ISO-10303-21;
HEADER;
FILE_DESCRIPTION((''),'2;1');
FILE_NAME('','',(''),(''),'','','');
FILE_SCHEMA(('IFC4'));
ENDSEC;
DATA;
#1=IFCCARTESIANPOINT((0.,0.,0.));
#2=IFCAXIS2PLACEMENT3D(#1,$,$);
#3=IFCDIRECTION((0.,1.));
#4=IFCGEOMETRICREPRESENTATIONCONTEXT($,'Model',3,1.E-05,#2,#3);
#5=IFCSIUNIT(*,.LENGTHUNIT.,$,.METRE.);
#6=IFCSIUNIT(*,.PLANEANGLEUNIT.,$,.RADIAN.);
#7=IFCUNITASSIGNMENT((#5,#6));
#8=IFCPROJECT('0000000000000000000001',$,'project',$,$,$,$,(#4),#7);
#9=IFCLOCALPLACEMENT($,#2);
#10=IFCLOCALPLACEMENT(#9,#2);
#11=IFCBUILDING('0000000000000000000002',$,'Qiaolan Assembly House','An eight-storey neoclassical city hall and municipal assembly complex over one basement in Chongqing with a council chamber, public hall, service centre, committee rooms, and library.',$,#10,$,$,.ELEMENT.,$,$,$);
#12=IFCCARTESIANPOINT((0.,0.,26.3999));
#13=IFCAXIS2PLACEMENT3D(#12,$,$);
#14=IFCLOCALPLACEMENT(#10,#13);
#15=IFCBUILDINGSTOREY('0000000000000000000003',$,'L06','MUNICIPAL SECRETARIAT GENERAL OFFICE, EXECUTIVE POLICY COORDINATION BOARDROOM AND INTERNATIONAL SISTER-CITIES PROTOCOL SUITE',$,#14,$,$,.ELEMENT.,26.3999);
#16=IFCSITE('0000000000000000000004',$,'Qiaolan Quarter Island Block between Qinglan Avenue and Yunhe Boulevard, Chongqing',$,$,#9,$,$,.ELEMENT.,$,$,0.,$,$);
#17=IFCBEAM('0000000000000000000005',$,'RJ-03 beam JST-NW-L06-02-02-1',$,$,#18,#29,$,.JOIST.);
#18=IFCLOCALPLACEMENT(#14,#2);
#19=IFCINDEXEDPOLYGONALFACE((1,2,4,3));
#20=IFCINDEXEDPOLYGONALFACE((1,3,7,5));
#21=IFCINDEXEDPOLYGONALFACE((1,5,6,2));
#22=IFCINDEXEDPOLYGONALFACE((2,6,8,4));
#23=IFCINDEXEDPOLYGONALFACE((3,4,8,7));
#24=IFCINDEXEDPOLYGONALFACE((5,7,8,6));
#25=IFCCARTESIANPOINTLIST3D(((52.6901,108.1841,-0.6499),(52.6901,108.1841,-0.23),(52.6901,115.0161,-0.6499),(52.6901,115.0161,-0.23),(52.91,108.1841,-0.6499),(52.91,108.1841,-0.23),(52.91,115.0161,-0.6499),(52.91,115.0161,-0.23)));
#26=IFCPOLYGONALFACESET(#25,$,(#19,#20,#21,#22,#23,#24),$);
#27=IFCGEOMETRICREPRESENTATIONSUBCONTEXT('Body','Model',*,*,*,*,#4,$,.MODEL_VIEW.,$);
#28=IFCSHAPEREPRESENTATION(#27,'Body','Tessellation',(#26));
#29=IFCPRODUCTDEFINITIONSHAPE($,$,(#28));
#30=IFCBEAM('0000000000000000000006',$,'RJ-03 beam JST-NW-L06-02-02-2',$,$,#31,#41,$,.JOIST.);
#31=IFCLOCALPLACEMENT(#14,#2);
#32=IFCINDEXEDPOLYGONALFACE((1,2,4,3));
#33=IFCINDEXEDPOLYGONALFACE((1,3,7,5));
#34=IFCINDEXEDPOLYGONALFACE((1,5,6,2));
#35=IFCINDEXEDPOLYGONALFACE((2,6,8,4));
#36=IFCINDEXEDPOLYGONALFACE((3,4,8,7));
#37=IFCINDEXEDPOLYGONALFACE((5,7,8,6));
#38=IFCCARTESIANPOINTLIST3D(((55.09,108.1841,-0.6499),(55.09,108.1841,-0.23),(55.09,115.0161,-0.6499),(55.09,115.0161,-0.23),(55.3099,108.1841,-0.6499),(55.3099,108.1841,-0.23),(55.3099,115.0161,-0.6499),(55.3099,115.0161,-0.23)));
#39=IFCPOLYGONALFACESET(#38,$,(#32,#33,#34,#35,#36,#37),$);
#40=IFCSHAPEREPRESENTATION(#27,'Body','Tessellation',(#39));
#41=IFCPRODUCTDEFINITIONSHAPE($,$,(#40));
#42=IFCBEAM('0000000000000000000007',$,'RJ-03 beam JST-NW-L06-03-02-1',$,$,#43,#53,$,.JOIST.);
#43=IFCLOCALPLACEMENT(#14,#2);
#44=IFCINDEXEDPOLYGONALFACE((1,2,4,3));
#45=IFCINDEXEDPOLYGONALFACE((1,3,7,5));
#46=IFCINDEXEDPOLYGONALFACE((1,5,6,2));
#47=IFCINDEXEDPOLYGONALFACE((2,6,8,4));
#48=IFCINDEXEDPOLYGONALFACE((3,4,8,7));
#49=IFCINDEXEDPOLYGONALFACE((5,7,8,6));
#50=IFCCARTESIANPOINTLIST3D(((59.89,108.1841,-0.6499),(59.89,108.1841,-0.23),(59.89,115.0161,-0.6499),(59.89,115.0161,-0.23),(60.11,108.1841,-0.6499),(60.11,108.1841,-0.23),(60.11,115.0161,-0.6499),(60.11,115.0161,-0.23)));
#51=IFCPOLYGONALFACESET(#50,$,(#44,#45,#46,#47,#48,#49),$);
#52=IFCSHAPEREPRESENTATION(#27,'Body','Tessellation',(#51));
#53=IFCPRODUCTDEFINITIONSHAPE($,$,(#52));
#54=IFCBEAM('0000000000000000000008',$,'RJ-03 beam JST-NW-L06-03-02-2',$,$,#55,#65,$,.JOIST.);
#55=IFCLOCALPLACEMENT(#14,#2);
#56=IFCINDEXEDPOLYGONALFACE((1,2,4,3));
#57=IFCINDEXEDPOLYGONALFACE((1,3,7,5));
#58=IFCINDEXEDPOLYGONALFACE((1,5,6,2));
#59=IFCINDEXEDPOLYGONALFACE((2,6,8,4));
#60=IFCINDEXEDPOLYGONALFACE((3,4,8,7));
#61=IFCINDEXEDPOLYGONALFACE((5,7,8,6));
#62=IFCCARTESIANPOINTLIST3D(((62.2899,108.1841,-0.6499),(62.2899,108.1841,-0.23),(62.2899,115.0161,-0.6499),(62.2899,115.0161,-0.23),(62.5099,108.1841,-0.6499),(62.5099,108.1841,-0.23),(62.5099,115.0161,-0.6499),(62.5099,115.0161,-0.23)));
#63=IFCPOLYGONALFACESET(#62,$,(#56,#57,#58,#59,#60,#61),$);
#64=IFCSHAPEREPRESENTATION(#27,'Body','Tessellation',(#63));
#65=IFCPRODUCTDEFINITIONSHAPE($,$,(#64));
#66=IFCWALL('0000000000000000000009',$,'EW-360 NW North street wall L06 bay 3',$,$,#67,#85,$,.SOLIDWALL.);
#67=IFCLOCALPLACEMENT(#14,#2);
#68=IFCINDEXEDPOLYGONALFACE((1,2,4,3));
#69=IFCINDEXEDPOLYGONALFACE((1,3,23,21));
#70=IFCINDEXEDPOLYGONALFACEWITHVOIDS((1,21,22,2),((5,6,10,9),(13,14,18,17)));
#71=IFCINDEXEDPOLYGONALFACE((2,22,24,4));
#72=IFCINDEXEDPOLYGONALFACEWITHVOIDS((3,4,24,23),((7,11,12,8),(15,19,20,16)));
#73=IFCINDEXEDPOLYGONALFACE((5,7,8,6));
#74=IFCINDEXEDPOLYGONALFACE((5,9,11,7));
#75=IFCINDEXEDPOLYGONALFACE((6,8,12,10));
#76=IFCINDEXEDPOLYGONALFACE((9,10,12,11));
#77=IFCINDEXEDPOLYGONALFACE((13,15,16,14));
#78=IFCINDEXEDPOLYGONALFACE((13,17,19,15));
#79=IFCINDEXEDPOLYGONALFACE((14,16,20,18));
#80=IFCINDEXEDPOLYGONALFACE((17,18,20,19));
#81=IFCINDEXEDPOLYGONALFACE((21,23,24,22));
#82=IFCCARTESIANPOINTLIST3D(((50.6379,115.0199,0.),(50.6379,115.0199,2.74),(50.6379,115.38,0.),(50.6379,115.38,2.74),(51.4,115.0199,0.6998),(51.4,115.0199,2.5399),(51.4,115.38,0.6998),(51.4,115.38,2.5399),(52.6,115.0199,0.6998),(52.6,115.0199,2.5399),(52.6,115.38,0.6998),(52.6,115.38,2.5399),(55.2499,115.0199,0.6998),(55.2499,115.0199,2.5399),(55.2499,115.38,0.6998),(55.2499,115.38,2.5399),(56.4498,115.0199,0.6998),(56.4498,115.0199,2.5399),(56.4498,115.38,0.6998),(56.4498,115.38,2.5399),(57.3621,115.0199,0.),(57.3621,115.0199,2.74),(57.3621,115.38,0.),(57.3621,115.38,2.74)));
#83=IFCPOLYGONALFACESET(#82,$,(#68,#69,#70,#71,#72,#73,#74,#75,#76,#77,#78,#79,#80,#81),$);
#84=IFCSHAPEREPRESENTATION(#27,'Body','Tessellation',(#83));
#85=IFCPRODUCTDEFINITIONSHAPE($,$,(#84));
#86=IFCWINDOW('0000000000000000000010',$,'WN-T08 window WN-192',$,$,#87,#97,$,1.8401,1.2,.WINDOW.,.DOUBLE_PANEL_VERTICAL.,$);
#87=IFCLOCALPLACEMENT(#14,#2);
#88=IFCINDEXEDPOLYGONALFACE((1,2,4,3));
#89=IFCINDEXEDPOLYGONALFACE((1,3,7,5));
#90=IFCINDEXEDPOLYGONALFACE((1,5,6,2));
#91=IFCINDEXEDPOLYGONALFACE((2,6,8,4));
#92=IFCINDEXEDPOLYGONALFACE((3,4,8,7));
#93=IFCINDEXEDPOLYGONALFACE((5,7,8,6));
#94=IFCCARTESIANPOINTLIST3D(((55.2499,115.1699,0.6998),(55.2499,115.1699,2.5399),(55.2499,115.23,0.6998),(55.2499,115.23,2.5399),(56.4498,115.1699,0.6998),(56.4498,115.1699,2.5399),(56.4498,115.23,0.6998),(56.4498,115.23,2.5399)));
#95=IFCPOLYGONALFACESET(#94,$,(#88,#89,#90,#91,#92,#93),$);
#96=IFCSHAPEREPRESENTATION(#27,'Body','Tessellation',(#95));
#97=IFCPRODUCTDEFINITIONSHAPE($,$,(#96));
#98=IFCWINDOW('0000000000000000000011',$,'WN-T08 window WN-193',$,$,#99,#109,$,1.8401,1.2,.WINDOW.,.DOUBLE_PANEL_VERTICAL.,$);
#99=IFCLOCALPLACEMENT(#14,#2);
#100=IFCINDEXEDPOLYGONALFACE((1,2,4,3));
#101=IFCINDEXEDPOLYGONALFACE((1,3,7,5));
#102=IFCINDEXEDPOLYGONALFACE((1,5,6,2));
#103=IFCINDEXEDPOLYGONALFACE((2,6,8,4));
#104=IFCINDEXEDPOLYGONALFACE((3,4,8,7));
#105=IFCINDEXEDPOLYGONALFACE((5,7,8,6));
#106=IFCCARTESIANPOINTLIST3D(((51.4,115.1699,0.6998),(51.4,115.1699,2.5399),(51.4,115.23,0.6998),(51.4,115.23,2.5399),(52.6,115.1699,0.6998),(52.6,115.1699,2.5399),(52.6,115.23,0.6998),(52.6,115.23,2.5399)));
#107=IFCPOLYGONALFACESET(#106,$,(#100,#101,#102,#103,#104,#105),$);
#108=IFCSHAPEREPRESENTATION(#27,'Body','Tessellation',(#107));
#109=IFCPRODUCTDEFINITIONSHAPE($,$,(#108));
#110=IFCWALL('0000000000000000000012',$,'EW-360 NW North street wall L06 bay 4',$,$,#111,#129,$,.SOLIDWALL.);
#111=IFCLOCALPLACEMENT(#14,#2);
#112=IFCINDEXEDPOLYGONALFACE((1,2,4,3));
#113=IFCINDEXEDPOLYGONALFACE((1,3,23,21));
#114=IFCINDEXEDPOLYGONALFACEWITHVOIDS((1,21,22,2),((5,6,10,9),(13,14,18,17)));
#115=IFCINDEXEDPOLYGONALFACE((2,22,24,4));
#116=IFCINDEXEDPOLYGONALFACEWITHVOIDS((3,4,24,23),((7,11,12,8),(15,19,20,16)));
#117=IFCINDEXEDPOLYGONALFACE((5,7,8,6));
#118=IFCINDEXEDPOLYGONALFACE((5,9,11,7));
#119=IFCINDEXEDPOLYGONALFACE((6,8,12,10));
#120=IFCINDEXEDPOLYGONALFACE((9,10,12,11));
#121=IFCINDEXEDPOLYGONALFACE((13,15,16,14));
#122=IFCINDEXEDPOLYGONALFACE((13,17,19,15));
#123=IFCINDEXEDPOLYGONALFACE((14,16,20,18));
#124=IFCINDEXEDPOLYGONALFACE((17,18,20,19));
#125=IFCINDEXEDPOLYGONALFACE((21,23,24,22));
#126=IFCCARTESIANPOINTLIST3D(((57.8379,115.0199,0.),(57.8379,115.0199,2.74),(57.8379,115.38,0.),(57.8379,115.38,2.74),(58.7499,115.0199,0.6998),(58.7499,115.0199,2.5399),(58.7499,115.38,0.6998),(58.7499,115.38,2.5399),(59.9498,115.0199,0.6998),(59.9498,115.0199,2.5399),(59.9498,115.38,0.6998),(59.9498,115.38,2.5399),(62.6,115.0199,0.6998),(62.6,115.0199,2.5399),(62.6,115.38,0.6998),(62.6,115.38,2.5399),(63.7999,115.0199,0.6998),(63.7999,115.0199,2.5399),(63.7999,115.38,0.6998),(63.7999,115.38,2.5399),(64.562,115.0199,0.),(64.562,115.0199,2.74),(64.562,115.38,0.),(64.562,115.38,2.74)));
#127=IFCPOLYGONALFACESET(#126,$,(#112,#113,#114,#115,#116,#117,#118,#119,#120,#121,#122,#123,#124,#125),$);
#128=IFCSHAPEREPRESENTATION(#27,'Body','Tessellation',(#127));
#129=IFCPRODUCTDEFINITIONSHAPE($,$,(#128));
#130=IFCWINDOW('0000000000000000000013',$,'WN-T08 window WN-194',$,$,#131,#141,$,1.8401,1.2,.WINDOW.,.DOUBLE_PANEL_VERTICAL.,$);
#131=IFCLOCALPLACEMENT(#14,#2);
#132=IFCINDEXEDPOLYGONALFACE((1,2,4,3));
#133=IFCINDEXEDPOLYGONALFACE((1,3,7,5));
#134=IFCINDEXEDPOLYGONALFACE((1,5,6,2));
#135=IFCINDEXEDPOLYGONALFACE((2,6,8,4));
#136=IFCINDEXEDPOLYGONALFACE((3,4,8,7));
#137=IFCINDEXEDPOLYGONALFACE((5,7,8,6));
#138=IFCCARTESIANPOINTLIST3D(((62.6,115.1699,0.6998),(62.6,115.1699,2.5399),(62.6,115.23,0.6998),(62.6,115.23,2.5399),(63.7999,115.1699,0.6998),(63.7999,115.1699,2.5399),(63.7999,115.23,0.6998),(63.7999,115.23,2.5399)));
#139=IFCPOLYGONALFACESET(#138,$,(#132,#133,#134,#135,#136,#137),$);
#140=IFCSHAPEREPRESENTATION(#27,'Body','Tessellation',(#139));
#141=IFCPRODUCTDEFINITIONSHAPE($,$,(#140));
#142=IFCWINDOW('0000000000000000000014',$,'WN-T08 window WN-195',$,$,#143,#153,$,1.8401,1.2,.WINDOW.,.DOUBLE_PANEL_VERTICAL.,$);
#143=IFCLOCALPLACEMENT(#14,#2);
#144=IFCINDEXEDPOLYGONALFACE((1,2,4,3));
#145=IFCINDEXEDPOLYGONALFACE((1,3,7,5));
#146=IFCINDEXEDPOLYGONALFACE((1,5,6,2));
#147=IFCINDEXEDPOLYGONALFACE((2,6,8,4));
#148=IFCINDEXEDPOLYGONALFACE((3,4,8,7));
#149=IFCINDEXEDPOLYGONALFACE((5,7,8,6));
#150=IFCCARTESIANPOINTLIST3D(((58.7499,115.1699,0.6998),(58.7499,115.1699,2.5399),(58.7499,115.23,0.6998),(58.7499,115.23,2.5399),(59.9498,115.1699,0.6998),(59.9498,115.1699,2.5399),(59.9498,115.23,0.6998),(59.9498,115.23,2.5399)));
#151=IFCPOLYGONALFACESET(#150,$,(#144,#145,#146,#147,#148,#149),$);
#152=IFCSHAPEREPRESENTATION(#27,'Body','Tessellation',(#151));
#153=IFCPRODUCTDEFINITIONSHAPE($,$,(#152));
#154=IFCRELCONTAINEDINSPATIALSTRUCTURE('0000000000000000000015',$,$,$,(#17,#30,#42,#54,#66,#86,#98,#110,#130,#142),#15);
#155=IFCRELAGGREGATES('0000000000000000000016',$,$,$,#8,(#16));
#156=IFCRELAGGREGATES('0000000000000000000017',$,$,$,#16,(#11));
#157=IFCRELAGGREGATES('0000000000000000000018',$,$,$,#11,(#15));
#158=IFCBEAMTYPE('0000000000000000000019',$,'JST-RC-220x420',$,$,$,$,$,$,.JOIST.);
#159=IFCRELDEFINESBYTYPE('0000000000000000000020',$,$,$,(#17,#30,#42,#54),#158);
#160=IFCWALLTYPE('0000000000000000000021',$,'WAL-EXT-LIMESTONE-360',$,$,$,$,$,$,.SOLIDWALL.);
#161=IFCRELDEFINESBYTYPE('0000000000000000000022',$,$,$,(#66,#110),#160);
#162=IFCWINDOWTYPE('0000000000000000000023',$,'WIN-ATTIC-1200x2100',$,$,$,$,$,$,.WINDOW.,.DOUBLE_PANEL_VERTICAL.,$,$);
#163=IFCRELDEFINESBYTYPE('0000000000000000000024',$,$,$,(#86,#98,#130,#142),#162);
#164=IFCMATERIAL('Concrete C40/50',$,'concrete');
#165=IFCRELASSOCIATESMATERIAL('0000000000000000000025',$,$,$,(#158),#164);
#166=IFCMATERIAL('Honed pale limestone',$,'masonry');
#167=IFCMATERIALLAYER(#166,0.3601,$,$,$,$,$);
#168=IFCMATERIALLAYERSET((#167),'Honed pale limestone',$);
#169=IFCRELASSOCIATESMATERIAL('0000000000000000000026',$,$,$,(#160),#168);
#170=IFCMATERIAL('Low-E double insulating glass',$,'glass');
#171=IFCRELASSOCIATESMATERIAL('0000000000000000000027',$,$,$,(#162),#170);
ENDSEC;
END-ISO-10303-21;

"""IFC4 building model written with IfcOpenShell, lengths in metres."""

from ifc_helpers import new_model, si_unit, direction, frame, frame_2d, origin, origin_2d, place, context, subcontext, project, spatial, rectangle, extrude, material, layer, layer_set, material_profile, profile_set, type_object, element, fill, save


model = new_model("IFC4")

# Units and contexts
model_context = context("Model", 3, precision=1e-05, world=origin(), true_north=direction((0.0, 1.0)))
body_context = subcontext(model_context, "Body", "Model", "MODEL_VIEW")
ifc_project = project(units=[si_unit("LENGTHUNIT", "METRE"), si_unit("PLANEANGLEUNIT", "RADIAN")], contexts=[model_context])

# Site, building, storey
site_placement = place(None, origin())
site = spatial("IfcSite", under=ifc_project, at=site_placement, Name="Qiaolan Quarter Island Block between Qinglan Avenue and Yunhe Boulevard, Chongqing", CompositionType="ELEMENT", RefElevation=0.0)
building_placement = place(site_placement, origin())
building = spatial("IfcBuilding", under=site, at=building_placement, Name="Qiaolan Assembly House", Description="An eight-storey neoclassical city hall and municipal assembly complex over one basement in Chongqing with a council chamber, public hall, service centre, committee rooms, and library.", CompositionType="ELEMENT")
storey_placement = place(building_placement, frame((0.0, 0.0, 26.3999)))
storey = spatial("IfcBuildingStorey", under=building, at=storey_placement, Name="L06", Description="MUNICIPAL SECRETARIAT GENERAL OFFICE, EXECUTIVE POLICY COORDINATION BOARDROOM AND INTERNATIONAL SISTER-CITIES PROTOCOL SUITE", CompositionType="ELEMENT", Elevation=26.3999)

# Shared definitions
ifc_material_1 = material(Name="Concrete C40/50", Category="concrete")

# Beams
ifc_material_profile_1 = material_profile(ifc_material_1, rectangle(XDim=0.22, YDim=0.4199, at=origin_2d()), Name="RCB 220x420")
ifc_profile_set_1 = profile_set([ifc_material_profile_1], Name="Concrete C40/50")
beam_type_1 = type_object("IfcBeamType", Name="JST-RC-220x420", PredefinedType="JOIST", material=ifc_profile_set_1)
for number, where, z_axis, x_axis, name in (
    (1, (52.8, 108.1841, -0.4399), (0.0, 1.0, 0.0), (-1.0, 0.0, 0.0), "RJ-03 beam JST-NW-L06-02-02-1"),
    (2, (55.2, 108.1841, -0.4399), (0.0, 1.0, 0.0), (-1.0, 0.0, 0.0), "RJ-03 beam JST-NW-L06-02-02-2"),
    (3, (60.0, 108.1841, -0.4399), (0.0, 1.0, 0.0), (-1.0, 0.0, 0.0), "RJ-03 beam JST-NW-L06-03-02-1"),
    (4, (62.3999, 108.1841, -0.4399), (0.0, 1.0, 0.0), (-1.0, 0.0, 0.0), "RJ-03 beam JST-NW-L06-03-02-2"),
):
    element("IfcBeam", number, at=place(storey_placement, frame(where, z_axis=z_axis, x_axis=x_axis)), inside=storey, type_object=beam_type_1, Name=name, PredefinedType="JOIST", context=body_context, shape_type="SweptSolid", body=[
        extrude(rectangle(XDim=0.22, YDim=0.4199, at=origin_2d()), origin(), (0.0, 0.0, 1.0), 6.832),
    ])

# Walls, openings, windows
ifc_material_2 = material(Name="Honed pale limestone", Category="masonry")
ifc_layer_1 = layer(ifc_material_2, 0.3601)
ifc_layer_set_1 = layer_set([ifc_layer_1], Name="Honed pale limestone")
wall_type_1 = type_object("IfcWallType", Name="WAL-EXT-LIMESTONE-360", PredefinedType="SOLIDWALL", material=ifc_layer_set_1)
wall_1_placement = place(storey_placement, frame((57.3621, 115.2, 0.0), z_axis=(0.0, 0.0, 1.0), x_axis=(-1.0, 0.0, 0.0)))
wall_1 = element("IfcWall", 5, at=wall_1_placement, inside=storey, type_object=wall_type_1, Name="EW-360 NW North street wall L06 bay 3", PredefinedType="SOLIDWALL", context=body_context, shape_type="SweptSolid", body=[
    extrude(rectangle(XDim=6.7241, YDim=0.3601, at=frame_2d((3.3621, 0.0))), origin(), (0.0, 0.0, 1.0), 2.74),
])
opening_1_placement = place(wall_1_placement, frame((0.9121, 0.0, 0.7)))
opening_1 = element("IfcOpeningElement", 6, at=opening_1_placement, cuts=wall_1, PredefinedType="OPENING", context=body_context, shape_type="SweptSolid", body=[
    extrude(rectangle(XDim=1.2, YDim=1.8401, at=frame_2d((0.6001, 0.9199))), frame((0.0, 0.1899, 0.0), z_axis=(0.0, -1.0, 0.0), x_axis=(1.0, 0.0, 0.0)), (0.0, 0.0, 1.0), 0.3801),
])
opening_2_placement = place(wall_1_placement, frame((4.762, 0.0, 0.7)))
opening_2 = element("IfcOpeningElement", 7, at=opening_2_placement, cuts=wall_1, PredefinedType="OPENING", context=body_context, shape_type="SweptSolid", body=[
    extrude(rectangle(XDim=1.2, YDim=1.8401, at=frame_2d((0.6001, 0.9199))), frame((0.0, 0.1899, 0.0), z_axis=(0.0, -1.0, 0.0), x_axis=(1.0, 0.0, 0.0)), (0.0, 0.0, 1.0), 0.3801),
])
ifc_material_3 = material(Name="Low-E double insulating glass", Category="glass")
window_type = type_object("IfcWindowType", Name="WIN-ATTIC-1200x2100", PartitioningType="DOUBLE_PANEL_VERTICAL", PredefinedType="WINDOW", material=ifc_material_3)
window_1_placement = place(opening_1_placement, origin())
window_1 = element("IfcWindow", 8, at=window_1_placement, inside=storey, type_object=window_type, Name="WN-T08 window WN-192", OverallHeight=1.8401, OverallWidth=1.2, PartitioningType="DOUBLE_PANEL_VERTICAL", PredefinedType="WINDOW", context=body_context, shape_type="SweptSolid", body=[
    extrude(rectangle(XDim=1.2, YDim=1.8401, at=frame_2d((0.6001, 0.9199))), frame((0.0, 0.03, 0.0), z_axis=(0.0, -1.0, 0.0), x_axis=(1.0, 0.0, 0.0)), (0.0, 0.0, 1.0), 0.0601),
])
fill(opening_1, window_1)
window_2_placement = place(opening_2_placement, origin())
window_2 = element("IfcWindow", 9, at=window_2_placement, inside=storey, type_object=window_type, Name="WN-T08 window WN-193", OverallHeight=1.8401, OverallWidth=1.2, PartitioningType="DOUBLE_PANEL_VERTICAL", PredefinedType="WINDOW", context=body_context, shape_type="SweptSolid", body=[
    extrude(rectangle(XDim=1.2, YDim=1.8401, at=frame_2d((0.6001, 0.9199))), frame((0.0, 0.03, 0.0), z_axis=(0.0, -1.0, 0.0), x_axis=(1.0, 0.0, 0.0)), (0.0, 0.0, 1.0), 0.0601),
])
fill(opening_2, window_2)
wall_2_placement = place(storey_placement, frame((64.562, 115.2, 0.0), z_axis=(0.0, 0.0, 1.0), x_axis=(-1.0, 0.0, 0.0)))
wall_2 = element("IfcWall", 10, at=wall_2_placement, inside=storey, type_object=wall_type_1, Name="EW-360 NW North street wall L06 bay 4", PredefinedType="SOLIDWALL", context=body_context, shape_type="SweptSolid", body=[
    extrude(rectangle(XDim=6.7241, YDim=0.3601, at=frame_2d((3.3621, 0.0))), origin(), (0.0, 0.0, 1.0), 2.74),
])
opening_3_placement = place(wall_2_placement, frame((0.762, 0.0, 0.7)))
opening_3 = element("IfcOpeningElement", 11, at=opening_3_placement, cuts=wall_2, PredefinedType="OPENING", context=body_context, shape_type="SweptSolid", body=[
    extrude(rectangle(XDim=1.2, YDim=1.8401, at=frame_2d((0.6001, 0.9199))), frame((0.0, 0.1899, 0.0), z_axis=(0.0, -1.0, 0.0), x_axis=(1.0, 0.0, 0.0)), (0.0, 0.0, 1.0), 0.3801),
])
opening_4_placement = place(wall_2_placement, frame((4.6121, 0.0, 0.7)))
opening_4 = element("IfcOpeningElement", 12, at=opening_4_placement, cuts=wall_2, PredefinedType="OPENING", context=body_context, shape_type="SweptSolid", body=[
    extrude(rectangle(XDim=1.2, YDim=1.8401, at=frame_2d((0.6001, 0.9199))), frame((0.0, 0.1899, 0.0), z_axis=(0.0, -1.0, 0.0), x_axis=(1.0, 0.0, 0.0)), (0.0, 0.0, 1.0), 0.3801),
])
window_3_placement = place(opening_3_placement, origin())
window_3 = element("IfcWindow", 13, at=window_3_placement, inside=storey, type_object=window_type, Name="WN-T08 window WN-194", OverallHeight=1.8401, OverallWidth=1.2, PartitioningType="DOUBLE_PANEL_VERTICAL", PredefinedType="WINDOW", context=body_context, shape_type="SweptSolid", body=[
    extrude(rectangle(XDim=1.2, YDim=1.8401, at=frame_2d((0.6001, 0.9199))), frame((0.0, 0.03, 0.0), z_axis=(0.0, -1.0, 0.0), x_axis=(1.0, 0.0, 0.0)), (0.0, 0.0, 1.0), 0.0601),
])
fill(opening_3, window_3)
window_4_placement = place(opening_4_placement, origin())
window_4 = element("IfcWindow", 14, at=window_4_placement, inside=storey, type_object=window_type, Name="WN-T08 window WN-195", OverallHeight=1.8401, OverallWidth=1.2, PartitioningType="DOUBLE_PANEL_VERTICAL", PredefinedType="WINDOW", context=body_context, shape_type="SweptSolid", body=[
    extrude(rectangle(XDim=1.2, YDim=1.8401, at=frame_2d((0.6001, 0.9199))), frame((0.0, 0.03, 0.0), z_axis=(0.0, -1.0, 0.0), x_axis=(1.0, 0.0, 0.0)), (0.0, 0.0, 1.0), 0.0601),
])
fill(opening_4, window_4)

save(model, "model.ifc")
